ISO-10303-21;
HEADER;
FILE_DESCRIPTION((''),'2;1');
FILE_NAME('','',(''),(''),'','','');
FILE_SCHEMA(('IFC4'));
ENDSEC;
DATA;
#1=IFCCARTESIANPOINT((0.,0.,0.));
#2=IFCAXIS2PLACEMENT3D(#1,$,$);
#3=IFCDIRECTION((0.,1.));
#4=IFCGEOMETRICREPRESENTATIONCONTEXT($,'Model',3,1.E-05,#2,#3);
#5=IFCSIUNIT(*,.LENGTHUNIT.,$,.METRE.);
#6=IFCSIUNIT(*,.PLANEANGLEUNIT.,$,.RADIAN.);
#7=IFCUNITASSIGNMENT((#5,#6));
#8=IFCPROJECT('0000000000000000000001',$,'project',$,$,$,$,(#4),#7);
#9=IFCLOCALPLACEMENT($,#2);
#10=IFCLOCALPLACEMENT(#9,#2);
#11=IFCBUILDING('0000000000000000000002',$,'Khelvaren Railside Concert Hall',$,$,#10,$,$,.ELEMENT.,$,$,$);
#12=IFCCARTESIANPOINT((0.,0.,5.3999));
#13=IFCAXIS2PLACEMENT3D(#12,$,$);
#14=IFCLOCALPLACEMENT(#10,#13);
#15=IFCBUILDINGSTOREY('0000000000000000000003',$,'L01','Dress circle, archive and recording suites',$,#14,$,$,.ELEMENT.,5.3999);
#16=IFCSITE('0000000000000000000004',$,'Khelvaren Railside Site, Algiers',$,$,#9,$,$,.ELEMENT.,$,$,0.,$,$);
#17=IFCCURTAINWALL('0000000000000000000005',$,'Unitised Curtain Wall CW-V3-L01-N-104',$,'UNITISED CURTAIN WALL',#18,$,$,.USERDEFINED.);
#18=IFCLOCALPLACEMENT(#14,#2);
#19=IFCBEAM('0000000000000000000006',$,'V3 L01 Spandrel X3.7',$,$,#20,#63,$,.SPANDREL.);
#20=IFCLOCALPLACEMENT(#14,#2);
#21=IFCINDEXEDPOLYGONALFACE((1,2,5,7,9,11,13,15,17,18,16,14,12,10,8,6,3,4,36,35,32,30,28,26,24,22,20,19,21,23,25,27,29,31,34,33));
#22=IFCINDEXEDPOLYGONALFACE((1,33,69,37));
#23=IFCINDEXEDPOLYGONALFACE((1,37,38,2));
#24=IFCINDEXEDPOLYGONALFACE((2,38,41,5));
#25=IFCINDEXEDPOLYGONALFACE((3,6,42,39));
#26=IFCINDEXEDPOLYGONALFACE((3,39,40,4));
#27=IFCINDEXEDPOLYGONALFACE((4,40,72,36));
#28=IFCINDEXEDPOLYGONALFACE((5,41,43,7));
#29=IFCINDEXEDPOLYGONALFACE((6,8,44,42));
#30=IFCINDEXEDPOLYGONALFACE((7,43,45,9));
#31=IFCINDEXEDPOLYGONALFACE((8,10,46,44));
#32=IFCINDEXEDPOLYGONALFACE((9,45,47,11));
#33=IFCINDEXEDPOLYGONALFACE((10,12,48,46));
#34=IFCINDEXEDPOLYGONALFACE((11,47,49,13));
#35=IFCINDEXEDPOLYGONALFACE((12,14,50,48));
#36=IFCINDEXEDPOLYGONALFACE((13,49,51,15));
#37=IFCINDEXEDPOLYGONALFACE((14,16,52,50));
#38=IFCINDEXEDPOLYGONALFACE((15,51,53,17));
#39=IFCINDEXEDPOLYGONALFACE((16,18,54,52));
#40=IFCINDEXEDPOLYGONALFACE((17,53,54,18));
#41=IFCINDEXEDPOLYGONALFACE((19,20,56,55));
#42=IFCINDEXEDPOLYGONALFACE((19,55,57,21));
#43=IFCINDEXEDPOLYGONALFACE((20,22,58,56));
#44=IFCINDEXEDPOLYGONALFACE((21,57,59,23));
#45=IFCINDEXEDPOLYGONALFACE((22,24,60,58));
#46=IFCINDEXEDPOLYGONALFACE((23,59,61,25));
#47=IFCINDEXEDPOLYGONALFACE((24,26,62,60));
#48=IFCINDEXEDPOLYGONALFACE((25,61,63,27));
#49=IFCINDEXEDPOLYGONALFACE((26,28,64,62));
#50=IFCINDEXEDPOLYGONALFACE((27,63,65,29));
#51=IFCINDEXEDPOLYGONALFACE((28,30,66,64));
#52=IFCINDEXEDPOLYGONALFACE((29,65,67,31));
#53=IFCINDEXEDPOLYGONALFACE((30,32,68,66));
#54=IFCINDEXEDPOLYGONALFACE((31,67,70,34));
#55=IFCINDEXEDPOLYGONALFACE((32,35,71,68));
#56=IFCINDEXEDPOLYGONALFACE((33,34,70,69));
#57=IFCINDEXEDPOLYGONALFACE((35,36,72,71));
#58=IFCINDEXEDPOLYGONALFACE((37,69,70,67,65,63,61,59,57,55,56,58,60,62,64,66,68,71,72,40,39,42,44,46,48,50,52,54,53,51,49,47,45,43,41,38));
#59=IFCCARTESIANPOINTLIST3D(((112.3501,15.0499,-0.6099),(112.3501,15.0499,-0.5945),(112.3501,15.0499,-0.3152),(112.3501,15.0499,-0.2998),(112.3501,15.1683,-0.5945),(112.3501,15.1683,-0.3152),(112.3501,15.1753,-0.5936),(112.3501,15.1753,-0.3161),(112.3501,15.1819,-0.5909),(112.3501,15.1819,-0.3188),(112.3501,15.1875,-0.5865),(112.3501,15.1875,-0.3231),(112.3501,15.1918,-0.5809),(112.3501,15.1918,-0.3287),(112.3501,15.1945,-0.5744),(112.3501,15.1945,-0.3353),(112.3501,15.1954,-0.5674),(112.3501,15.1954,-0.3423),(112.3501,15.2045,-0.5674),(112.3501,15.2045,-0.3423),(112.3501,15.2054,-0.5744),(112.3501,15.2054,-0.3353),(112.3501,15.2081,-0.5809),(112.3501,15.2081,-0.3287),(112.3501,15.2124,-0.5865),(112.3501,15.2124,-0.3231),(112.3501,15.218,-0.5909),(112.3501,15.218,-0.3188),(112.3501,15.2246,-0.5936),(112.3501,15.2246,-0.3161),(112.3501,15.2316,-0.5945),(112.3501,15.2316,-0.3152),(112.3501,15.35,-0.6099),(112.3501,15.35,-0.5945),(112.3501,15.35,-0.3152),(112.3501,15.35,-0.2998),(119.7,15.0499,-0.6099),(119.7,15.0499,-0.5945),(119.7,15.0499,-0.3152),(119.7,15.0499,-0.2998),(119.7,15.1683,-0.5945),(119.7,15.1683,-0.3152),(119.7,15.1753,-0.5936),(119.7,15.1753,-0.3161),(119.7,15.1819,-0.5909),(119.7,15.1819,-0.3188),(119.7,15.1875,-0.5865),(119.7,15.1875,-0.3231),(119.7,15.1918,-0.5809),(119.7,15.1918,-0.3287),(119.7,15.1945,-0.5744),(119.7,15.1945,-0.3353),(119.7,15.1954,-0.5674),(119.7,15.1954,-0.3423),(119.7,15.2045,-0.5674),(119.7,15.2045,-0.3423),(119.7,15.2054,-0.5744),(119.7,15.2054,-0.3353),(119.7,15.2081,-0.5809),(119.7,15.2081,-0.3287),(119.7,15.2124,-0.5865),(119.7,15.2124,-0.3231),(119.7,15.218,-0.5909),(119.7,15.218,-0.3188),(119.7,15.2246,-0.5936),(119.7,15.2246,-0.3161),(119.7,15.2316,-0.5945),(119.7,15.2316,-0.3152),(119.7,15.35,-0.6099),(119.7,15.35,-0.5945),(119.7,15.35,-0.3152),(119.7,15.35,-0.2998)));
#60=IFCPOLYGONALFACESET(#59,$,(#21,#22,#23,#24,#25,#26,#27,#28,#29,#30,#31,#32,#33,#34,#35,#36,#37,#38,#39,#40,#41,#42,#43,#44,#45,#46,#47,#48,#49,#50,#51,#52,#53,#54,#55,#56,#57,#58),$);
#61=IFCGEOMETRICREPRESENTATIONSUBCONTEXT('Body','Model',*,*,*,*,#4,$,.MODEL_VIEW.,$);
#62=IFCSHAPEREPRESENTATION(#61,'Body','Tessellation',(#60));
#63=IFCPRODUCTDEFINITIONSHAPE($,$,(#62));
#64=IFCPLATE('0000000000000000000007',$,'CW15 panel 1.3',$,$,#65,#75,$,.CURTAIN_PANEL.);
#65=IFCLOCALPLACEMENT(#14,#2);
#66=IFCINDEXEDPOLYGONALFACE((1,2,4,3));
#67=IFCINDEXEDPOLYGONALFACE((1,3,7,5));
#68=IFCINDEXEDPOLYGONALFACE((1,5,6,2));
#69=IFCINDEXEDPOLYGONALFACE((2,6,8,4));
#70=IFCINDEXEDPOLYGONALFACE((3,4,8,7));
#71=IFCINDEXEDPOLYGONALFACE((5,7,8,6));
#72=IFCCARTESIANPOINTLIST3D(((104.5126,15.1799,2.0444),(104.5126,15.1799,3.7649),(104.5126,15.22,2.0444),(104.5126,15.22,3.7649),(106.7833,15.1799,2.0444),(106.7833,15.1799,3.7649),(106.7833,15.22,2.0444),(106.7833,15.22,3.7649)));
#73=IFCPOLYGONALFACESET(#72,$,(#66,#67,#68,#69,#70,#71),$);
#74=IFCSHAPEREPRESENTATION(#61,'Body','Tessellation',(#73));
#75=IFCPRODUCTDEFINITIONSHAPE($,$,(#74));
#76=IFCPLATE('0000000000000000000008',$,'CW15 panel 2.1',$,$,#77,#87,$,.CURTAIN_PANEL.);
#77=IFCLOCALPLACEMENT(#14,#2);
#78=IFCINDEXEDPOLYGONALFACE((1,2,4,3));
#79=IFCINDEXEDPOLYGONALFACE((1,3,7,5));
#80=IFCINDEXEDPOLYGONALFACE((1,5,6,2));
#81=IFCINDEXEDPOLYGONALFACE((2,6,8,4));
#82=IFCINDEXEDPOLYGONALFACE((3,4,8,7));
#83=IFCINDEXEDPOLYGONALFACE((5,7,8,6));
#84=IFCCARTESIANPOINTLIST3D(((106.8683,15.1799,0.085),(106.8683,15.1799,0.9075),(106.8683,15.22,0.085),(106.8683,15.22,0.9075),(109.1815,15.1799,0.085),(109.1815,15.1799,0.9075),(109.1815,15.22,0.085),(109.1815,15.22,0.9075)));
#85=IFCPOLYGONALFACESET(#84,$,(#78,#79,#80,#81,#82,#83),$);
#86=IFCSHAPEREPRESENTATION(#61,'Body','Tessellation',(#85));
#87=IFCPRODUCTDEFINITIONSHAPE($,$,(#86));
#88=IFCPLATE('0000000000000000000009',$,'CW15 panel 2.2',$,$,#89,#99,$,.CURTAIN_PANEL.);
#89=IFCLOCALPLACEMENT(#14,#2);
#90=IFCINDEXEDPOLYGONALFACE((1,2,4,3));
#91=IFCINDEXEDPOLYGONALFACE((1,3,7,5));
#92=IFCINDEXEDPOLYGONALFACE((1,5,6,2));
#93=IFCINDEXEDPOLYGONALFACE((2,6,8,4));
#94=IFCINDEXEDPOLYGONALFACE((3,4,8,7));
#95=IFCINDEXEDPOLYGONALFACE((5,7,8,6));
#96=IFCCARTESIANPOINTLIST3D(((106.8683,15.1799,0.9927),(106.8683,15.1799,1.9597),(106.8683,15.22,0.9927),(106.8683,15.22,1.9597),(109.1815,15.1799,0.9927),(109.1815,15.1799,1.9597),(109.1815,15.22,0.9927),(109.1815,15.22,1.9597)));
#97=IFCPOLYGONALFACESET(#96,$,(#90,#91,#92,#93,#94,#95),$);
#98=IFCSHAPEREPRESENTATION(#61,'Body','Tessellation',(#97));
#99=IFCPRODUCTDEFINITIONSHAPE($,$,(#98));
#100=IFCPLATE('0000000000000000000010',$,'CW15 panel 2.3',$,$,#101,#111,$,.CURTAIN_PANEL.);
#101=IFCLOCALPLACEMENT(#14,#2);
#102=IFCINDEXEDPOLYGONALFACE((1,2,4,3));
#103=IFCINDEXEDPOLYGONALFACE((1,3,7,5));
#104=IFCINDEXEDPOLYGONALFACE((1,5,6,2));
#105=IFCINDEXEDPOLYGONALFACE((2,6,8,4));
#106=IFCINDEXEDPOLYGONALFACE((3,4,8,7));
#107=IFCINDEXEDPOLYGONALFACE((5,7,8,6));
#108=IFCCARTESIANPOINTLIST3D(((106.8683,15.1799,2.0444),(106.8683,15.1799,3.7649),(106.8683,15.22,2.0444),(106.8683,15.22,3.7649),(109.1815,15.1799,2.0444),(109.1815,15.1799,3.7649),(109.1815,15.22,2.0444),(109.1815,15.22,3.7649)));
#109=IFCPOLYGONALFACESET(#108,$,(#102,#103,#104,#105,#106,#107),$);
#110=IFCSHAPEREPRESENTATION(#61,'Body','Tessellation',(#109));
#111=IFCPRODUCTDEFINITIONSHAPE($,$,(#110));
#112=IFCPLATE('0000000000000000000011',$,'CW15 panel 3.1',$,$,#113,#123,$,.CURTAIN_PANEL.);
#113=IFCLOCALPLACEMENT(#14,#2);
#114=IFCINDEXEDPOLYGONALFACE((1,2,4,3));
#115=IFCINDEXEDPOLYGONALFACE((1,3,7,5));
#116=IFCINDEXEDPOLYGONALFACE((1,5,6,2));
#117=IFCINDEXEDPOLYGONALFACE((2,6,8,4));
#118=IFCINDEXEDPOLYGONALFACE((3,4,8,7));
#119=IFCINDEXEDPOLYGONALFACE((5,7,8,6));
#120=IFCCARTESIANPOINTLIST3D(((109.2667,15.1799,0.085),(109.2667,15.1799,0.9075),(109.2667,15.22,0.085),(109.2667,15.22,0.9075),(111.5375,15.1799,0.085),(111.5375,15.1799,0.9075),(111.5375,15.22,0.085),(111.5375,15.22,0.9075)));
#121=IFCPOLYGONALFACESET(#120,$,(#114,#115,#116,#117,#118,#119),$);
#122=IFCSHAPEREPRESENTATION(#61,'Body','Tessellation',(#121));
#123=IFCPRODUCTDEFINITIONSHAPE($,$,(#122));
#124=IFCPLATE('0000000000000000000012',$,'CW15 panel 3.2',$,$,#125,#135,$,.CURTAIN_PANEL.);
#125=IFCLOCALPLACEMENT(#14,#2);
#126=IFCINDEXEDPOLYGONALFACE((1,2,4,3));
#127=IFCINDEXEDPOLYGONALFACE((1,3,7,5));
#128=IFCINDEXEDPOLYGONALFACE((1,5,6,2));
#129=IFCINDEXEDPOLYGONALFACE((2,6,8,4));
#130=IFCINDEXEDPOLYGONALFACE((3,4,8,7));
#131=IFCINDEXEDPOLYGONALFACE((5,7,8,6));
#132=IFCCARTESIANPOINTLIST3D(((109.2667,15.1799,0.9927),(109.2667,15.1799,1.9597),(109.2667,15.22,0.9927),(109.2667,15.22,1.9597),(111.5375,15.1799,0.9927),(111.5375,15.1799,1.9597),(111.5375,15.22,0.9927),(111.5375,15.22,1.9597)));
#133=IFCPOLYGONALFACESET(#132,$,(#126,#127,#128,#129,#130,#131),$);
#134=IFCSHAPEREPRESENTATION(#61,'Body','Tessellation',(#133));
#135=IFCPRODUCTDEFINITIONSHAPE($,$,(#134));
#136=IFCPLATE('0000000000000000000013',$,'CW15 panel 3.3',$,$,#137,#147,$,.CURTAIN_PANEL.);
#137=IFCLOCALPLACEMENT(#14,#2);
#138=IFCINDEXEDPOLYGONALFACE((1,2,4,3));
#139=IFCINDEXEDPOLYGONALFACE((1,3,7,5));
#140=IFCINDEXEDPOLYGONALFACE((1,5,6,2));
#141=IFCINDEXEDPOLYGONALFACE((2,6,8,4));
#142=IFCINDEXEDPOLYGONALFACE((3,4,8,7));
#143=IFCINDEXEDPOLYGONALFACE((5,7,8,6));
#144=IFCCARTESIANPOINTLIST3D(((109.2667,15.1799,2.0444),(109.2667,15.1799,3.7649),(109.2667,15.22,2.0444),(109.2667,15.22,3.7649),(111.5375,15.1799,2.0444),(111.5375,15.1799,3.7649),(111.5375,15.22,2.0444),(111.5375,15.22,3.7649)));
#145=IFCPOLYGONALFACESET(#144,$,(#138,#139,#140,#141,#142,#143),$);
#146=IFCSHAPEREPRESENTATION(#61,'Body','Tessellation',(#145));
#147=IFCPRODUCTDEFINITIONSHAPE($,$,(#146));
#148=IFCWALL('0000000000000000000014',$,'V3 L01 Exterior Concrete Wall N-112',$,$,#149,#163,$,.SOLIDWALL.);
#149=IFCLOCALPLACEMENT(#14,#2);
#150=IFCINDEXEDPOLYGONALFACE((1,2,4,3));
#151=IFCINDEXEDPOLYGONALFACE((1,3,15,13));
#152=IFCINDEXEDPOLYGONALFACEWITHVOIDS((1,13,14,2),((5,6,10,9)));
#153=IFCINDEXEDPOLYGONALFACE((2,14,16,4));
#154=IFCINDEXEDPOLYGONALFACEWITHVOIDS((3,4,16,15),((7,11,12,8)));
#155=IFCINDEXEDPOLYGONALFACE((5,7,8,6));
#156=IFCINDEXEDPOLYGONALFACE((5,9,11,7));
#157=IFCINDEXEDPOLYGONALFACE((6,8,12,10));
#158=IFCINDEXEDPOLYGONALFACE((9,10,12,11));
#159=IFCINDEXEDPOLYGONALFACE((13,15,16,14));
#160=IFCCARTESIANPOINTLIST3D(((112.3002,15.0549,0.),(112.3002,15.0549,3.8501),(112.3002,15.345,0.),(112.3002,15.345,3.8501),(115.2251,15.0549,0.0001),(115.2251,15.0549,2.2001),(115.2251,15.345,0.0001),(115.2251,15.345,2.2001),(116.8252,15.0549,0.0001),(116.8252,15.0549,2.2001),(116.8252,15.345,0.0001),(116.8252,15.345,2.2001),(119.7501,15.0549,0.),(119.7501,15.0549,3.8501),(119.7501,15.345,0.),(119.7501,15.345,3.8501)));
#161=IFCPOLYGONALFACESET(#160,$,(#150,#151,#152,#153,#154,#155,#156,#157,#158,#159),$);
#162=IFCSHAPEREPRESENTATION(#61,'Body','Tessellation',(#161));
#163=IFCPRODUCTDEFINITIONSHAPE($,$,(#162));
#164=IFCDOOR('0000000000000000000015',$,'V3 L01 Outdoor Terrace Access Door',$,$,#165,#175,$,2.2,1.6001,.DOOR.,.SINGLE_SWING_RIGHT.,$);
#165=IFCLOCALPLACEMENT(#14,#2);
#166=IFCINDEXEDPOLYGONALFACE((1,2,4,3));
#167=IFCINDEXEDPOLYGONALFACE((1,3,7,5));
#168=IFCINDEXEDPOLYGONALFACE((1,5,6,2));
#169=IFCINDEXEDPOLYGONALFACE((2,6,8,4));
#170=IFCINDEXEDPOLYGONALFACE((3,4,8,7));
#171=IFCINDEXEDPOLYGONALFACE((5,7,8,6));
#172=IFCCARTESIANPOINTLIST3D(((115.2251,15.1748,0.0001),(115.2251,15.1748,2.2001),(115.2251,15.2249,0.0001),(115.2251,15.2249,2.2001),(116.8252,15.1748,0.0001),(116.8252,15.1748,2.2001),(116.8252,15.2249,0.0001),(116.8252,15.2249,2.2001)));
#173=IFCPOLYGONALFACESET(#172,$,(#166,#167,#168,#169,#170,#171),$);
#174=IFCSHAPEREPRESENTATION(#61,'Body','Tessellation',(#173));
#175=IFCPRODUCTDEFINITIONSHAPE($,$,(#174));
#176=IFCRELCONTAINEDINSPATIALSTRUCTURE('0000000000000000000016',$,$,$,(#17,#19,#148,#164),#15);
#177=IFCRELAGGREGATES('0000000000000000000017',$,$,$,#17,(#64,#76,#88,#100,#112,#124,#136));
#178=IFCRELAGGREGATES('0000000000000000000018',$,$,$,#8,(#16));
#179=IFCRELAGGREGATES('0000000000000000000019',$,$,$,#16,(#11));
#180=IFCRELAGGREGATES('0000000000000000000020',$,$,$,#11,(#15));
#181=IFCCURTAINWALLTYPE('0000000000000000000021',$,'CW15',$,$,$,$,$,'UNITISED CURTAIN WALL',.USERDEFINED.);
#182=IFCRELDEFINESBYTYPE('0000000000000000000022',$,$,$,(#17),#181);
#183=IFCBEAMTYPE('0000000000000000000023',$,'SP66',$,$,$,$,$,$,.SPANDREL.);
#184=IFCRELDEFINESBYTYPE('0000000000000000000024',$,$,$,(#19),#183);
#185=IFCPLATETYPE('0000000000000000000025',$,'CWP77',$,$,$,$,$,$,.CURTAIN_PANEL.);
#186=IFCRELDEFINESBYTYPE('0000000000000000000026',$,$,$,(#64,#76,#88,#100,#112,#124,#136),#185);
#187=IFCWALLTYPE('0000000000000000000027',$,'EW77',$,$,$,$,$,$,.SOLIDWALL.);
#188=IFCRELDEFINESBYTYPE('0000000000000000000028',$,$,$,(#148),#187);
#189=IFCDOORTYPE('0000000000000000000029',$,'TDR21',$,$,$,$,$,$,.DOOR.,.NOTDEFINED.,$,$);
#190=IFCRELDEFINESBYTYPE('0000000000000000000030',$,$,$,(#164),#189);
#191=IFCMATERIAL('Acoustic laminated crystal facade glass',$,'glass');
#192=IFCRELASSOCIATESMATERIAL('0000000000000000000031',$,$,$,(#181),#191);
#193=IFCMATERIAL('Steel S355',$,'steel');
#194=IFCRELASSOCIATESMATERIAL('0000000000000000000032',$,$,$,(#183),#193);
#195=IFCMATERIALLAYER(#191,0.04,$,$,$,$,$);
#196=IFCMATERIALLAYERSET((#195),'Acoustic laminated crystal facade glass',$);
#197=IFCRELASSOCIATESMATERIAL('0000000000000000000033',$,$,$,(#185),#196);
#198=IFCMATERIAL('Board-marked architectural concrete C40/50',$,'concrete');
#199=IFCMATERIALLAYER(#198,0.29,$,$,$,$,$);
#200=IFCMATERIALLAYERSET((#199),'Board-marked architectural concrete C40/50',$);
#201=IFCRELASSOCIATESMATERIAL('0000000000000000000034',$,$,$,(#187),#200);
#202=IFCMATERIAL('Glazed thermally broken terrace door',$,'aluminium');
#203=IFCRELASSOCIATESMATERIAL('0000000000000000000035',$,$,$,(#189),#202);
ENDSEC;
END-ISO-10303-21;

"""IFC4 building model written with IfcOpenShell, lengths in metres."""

from ifc_helpers import new_model, si_unit, direction, frame, frame_2d, origin, origin_2d, place, context, subcontext, project, spatial, rectangle, i_section, extrude, material, layer, layer_set, material_profile, profile_set, type_object, element, fill, aggregate, save


model = new_model("IFC4")

# Units and contexts
model_context = context("Model", 3, precision=1e-05, world=origin(), true_north=direction((0.0, 1.0)))
body_context = subcontext(model_context, "Body", "Model", "MODEL_VIEW")
ifc_project = project(units=[si_unit("LENGTHUNIT", "METRE"), si_unit("PLANEANGLEUNIT", "RADIAN")], contexts=[model_context])

# Site, building, storey
site_placement = place(None, origin())
site = spatial("IfcSite", under=ifc_project, at=site_placement, Name="Khelvaren Railside Site, Algiers", CompositionType="ELEMENT", RefElevation=0.0)
building_placement = place(site_placement, origin())
building = spatial("IfcBuilding", under=site, at=building_placement, Name="Khelvaren Railside Concert Hall", CompositionType="ELEMENT")
storey_placement = place(building_placement, frame((0.0, 0.0, 5.3999)))
storey = spatial("IfcBuildingStorey", under=building, at=storey_placement, Name="L01", Description="Dress circle, archive and recording suites", CompositionType="ELEMENT", Elevation=5.3999)

# Shared definitions
ifc_material_1 = material(Name="Steel S355", Category="steel")

# Curtain wall
ifc_material_2 = material(Name="Acoustic laminated crystal facade glass", Category="glass")
curtain_wall_type = type_object("IfcCurtainWallType", Name="CW15", ElementType="UNITISED CURTAIN WALL", PredefinedType="USERDEFINED", material=ifc_material_2)
curtain_wall_placement = place(storey_placement, origin())
curtain_wall = element("IfcCurtainWall", 1, at=curtain_wall_placement, inside=storey, type_object=curtain_wall_type, Name="Unitised Curtain Wall CW-V3-L01-N-104", ObjectType="UNITISED CURTAIN WALL", PredefinedType="USERDEFINED")

# Beam
ifc_material_profile_1 = material_profile(ifc_material_1, i_section(OverallWidth=0.3, OverallDepth=0.3101, WebThickness=0.009, FlangeThickness=0.0154, FilletRadius=0.0271, at=origin_2d()), Name="HEA 320")
ifc_profile_set_1 = profile_set([ifc_material_profile_1], Name="Steel S355")
beam_type_1 = type_object("IfcBeamType", Name="SP66", PredefinedType="SPANDREL", material=ifc_profile_set_1)
beam_1_placement = place(storey_placement, frame((112.3501, 15.2, -0.4548), z_axis=(1.0, 0.0, 0.0), x_axis=(0.0, 1.0, 0.0)))
element("IfcBeam", 2, at=beam_1_placement, inside=storey, type_object=beam_type_1, Name="V3 L01 Spandrel X3.7", PredefinedType="SPANDREL", context=body_context, shape_type="SweptSolid", body=[
    extrude(i_section(OverallWidth=0.3, OverallDepth=0.3101, WebThickness=0.009, FlangeThickness=0.0154, FilletRadius=0.0271, at=origin_2d()), origin(), (0.0, 0.0, 1.0), 7.3499),
])

# Plates
ifc_layer_1 = layer(ifc_material_2, 0.04)
ifc_layer_set_1 = layer_set([ifc_layer_1], Name="Acoustic laminated crystal facade glass")
plate_type = type_object("IfcPlateType", Name="CWP77", PredefinedType="CURTAIN_PANEL", material=ifc_layer_set_1)
plate_1_placement = place(storey_placement, frame((105.6479, 15.2, 2.0444), z_axis=(0.0, 0.0, 1.0), x_axis=(1.0, 0.0, 0.0)))
plate_1 = element("IfcPlate", 3, at=plate_1_placement, type_object=plate_type, Name="CW15 panel 1.3", PredefinedType="CURTAIN_PANEL", context=body_context, shape_type="SweptSolid", body=[
    extrude(rectangle(XDim=2.2708, YDim=0.04, at=origin_2d()), origin(), (0.0, 0.0, 1.0), 1.7205),
])
plate_2_placement = place(storey_placement, frame((108.0249, 15.2, 0.085), z_axis=(0.0, 0.0, 1.0), x_axis=(1.0, 0.0, 0.0)))
plate_2 = element("IfcPlate", 4, at=plate_2_placement, type_object=plate_type, Name="CW15 panel 2.1", PredefinedType="CURTAIN_PANEL", context=body_context, shape_type="SweptSolid", body=[
    extrude(rectangle(XDim=2.3132, YDim=0.04, at=origin_2d()), origin(), (0.0, 0.0, 1.0), 0.8225),
])
plate_3_placement = place(storey_placement, frame((108.0249, 15.2, 0.9927), z_axis=(0.0, 0.0, 1.0), x_axis=(1.0, 0.0, 0.0)))
plate_3 = element("IfcPlate", 5, at=plate_3_placement, type_object=plate_type, Name="CW15 panel 2.2", PredefinedType="CURTAIN_PANEL", context=body_context, shape_type="SweptSolid", body=[
    extrude(rectangle(XDim=2.3132, YDim=0.04, at=origin_2d()), origin(), (0.0, 0.0, 1.0), 0.967),
])
plate_4_placement = place(storey_placement, frame((108.0249, 15.2, 2.0444), z_axis=(0.0, 0.0, 1.0), x_axis=(1.0, 0.0, 0.0)))
plate_4 = element("IfcPlate", 6, at=plate_4_placement, type_object=plate_type, Name="CW15 panel 2.3", PredefinedType="CURTAIN_PANEL", context=body_context, shape_type="SweptSolid", body=[
    extrude(rectangle(XDim=2.3132, YDim=0.04, at=origin_2d()), origin(), (0.0, 0.0, 1.0), 1.7205),
])
plate_5_placement = place(storey_placement, frame((110.4021, 15.2, 0.085), z_axis=(0.0, 0.0, 1.0), x_axis=(1.0, 0.0, 0.0)))
plate_5 = element("IfcPlate", 7, at=plate_5_placement, type_object=plate_type, Name="CW15 panel 3.1", PredefinedType="CURTAIN_PANEL", context=body_context, shape_type="SweptSolid", body=[
    extrude(rectangle(XDim=2.2708, YDim=0.04, at=origin_2d()), origin(), (0.0, 0.0, 1.0), 0.8225),
])
plate_6_placement = place(storey_placement, frame((110.4021, 15.2, 0.9927), z_axis=(0.0, 0.0, 1.0), x_axis=(1.0, 0.0, 0.0)))
plate_6 = element("IfcPlate", 8, at=plate_6_placement, type_object=plate_type, Name="CW15 panel 3.2", PredefinedType="CURTAIN_PANEL", context=body_context, shape_type="SweptSolid", body=[
    extrude(rectangle(XDim=2.2708, YDim=0.04, at=origin_2d()), origin(), (0.0, 0.0, 1.0), 0.967),
])
plate_7_placement = place(storey_placement, frame((110.4021, 15.2, 2.0444), z_axis=(0.0, 0.0, 1.0), x_axis=(1.0, 0.0, 0.0)))
plate_7 = element("IfcPlate", 9, at=plate_7_placement, type_object=plate_type, Name="CW15 panel 3.3", PredefinedType="CURTAIN_PANEL", context=body_context, shape_type="SweptSolid", body=[
    extrude(rectangle(XDim=2.2708, YDim=0.04, at=origin_2d()), origin(), (0.0, 0.0, 1.0), 1.7205),
])
aggregate(curtain_wall, [plate_1, plate_2, plate_3, plate_4, plate_5, plate_6, plate_7])

# Wall, opening, door
ifc_material_3 = material(Name="Board-marked architectural concrete C40/50", Category="concrete")
ifc_layer_2 = layer(ifc_material_3, 0.29)
ifc_layer_set_2 = layer_set([ifc_layer_2], Name="Board-marked architectural concrete C40/50")
wall_type_1 = type_object("IfcWallType", Name="EW77", PredefinedType="SOLIDWALL", material=ifc_layer_set_2)
wall_1_placement = place(storey_placement, frame((112.3, 15.2, 0.0), z_axis=(0.0, 0.0, 1.0), x_axis=(1.0, 0.0, 0.0)))
wall_1 = element("IfcWall", 10, at=wall_1_placement, inside=storey, type_object=wall_type_1, Name="V3 L01 Exterior Concrete Wall N-112", PredefinedType="SOLIDWALL", context=body_context, shape_type="SweptSolid", body=[
    extrude(rectangle(XDim=7.45, YDim=0.29, at=frame_2d((3.7251, 0.0))), origin(), (0.0, 0.0, 1.0), 3.8501),
])
opening_1_placement = place(wall_1_placement, frame((2.925, 0.0, 0.0)))
opening_1 = element("IfcOpeningElement", 11, at=opening_1_placement, cuts=wall_1, PredefinedType="OPENING", context=body_context, shape_type="SweptSolid", body=[
    extrude(rectangle(XDim=1.6001, YDim=2.2, at=frame_2d((0.8, 1.1001))), frame((0.0, 0.155, 0.0), z_axis=(0.0, -1.0, 0.0), x_axis=(1.0, 0.0, 0.0)), (0.0, 0.0, 1.0), 0.3101),
])
ifc_material_4 = material(Name="Glazed thermally broken terrace door", Category="aluminium")
door_type_1 = type_object("IfcDoorType", Name="TDR21", OperationType="NOTDEFINED", PredefinedType="DOOR", material=ifc_material_4)
door_1_placement = place(opening_1_placement, origin())
door_1 = element("IfcDoor", 12, at=door_1_placement, inside=storey, type_object=door_type_1, Name="V3 L01 Outdoor Terrace Access Door", OperationType="SINGLE_SWING_RIGHT", OverallHeight=2.2, OverallWidth=1.6001, PredefinedType="DOOR", context=body_context, shape_type="SweptSolid", body=[
    extrude(rectangle(XDim=1.6001, YDim=2.2, at=frame_2d((0.8, 1.1001))), frame((0.0, 0.0249, 0.0), z_axis=(0.0, -1.0, 0.0), x_axis=(1.0, 0.0, 0.0)), (0.0, 0.0, 1.0), 0.05),
])
fill(opening_1, door_1)

save(model, "model.ifc")
